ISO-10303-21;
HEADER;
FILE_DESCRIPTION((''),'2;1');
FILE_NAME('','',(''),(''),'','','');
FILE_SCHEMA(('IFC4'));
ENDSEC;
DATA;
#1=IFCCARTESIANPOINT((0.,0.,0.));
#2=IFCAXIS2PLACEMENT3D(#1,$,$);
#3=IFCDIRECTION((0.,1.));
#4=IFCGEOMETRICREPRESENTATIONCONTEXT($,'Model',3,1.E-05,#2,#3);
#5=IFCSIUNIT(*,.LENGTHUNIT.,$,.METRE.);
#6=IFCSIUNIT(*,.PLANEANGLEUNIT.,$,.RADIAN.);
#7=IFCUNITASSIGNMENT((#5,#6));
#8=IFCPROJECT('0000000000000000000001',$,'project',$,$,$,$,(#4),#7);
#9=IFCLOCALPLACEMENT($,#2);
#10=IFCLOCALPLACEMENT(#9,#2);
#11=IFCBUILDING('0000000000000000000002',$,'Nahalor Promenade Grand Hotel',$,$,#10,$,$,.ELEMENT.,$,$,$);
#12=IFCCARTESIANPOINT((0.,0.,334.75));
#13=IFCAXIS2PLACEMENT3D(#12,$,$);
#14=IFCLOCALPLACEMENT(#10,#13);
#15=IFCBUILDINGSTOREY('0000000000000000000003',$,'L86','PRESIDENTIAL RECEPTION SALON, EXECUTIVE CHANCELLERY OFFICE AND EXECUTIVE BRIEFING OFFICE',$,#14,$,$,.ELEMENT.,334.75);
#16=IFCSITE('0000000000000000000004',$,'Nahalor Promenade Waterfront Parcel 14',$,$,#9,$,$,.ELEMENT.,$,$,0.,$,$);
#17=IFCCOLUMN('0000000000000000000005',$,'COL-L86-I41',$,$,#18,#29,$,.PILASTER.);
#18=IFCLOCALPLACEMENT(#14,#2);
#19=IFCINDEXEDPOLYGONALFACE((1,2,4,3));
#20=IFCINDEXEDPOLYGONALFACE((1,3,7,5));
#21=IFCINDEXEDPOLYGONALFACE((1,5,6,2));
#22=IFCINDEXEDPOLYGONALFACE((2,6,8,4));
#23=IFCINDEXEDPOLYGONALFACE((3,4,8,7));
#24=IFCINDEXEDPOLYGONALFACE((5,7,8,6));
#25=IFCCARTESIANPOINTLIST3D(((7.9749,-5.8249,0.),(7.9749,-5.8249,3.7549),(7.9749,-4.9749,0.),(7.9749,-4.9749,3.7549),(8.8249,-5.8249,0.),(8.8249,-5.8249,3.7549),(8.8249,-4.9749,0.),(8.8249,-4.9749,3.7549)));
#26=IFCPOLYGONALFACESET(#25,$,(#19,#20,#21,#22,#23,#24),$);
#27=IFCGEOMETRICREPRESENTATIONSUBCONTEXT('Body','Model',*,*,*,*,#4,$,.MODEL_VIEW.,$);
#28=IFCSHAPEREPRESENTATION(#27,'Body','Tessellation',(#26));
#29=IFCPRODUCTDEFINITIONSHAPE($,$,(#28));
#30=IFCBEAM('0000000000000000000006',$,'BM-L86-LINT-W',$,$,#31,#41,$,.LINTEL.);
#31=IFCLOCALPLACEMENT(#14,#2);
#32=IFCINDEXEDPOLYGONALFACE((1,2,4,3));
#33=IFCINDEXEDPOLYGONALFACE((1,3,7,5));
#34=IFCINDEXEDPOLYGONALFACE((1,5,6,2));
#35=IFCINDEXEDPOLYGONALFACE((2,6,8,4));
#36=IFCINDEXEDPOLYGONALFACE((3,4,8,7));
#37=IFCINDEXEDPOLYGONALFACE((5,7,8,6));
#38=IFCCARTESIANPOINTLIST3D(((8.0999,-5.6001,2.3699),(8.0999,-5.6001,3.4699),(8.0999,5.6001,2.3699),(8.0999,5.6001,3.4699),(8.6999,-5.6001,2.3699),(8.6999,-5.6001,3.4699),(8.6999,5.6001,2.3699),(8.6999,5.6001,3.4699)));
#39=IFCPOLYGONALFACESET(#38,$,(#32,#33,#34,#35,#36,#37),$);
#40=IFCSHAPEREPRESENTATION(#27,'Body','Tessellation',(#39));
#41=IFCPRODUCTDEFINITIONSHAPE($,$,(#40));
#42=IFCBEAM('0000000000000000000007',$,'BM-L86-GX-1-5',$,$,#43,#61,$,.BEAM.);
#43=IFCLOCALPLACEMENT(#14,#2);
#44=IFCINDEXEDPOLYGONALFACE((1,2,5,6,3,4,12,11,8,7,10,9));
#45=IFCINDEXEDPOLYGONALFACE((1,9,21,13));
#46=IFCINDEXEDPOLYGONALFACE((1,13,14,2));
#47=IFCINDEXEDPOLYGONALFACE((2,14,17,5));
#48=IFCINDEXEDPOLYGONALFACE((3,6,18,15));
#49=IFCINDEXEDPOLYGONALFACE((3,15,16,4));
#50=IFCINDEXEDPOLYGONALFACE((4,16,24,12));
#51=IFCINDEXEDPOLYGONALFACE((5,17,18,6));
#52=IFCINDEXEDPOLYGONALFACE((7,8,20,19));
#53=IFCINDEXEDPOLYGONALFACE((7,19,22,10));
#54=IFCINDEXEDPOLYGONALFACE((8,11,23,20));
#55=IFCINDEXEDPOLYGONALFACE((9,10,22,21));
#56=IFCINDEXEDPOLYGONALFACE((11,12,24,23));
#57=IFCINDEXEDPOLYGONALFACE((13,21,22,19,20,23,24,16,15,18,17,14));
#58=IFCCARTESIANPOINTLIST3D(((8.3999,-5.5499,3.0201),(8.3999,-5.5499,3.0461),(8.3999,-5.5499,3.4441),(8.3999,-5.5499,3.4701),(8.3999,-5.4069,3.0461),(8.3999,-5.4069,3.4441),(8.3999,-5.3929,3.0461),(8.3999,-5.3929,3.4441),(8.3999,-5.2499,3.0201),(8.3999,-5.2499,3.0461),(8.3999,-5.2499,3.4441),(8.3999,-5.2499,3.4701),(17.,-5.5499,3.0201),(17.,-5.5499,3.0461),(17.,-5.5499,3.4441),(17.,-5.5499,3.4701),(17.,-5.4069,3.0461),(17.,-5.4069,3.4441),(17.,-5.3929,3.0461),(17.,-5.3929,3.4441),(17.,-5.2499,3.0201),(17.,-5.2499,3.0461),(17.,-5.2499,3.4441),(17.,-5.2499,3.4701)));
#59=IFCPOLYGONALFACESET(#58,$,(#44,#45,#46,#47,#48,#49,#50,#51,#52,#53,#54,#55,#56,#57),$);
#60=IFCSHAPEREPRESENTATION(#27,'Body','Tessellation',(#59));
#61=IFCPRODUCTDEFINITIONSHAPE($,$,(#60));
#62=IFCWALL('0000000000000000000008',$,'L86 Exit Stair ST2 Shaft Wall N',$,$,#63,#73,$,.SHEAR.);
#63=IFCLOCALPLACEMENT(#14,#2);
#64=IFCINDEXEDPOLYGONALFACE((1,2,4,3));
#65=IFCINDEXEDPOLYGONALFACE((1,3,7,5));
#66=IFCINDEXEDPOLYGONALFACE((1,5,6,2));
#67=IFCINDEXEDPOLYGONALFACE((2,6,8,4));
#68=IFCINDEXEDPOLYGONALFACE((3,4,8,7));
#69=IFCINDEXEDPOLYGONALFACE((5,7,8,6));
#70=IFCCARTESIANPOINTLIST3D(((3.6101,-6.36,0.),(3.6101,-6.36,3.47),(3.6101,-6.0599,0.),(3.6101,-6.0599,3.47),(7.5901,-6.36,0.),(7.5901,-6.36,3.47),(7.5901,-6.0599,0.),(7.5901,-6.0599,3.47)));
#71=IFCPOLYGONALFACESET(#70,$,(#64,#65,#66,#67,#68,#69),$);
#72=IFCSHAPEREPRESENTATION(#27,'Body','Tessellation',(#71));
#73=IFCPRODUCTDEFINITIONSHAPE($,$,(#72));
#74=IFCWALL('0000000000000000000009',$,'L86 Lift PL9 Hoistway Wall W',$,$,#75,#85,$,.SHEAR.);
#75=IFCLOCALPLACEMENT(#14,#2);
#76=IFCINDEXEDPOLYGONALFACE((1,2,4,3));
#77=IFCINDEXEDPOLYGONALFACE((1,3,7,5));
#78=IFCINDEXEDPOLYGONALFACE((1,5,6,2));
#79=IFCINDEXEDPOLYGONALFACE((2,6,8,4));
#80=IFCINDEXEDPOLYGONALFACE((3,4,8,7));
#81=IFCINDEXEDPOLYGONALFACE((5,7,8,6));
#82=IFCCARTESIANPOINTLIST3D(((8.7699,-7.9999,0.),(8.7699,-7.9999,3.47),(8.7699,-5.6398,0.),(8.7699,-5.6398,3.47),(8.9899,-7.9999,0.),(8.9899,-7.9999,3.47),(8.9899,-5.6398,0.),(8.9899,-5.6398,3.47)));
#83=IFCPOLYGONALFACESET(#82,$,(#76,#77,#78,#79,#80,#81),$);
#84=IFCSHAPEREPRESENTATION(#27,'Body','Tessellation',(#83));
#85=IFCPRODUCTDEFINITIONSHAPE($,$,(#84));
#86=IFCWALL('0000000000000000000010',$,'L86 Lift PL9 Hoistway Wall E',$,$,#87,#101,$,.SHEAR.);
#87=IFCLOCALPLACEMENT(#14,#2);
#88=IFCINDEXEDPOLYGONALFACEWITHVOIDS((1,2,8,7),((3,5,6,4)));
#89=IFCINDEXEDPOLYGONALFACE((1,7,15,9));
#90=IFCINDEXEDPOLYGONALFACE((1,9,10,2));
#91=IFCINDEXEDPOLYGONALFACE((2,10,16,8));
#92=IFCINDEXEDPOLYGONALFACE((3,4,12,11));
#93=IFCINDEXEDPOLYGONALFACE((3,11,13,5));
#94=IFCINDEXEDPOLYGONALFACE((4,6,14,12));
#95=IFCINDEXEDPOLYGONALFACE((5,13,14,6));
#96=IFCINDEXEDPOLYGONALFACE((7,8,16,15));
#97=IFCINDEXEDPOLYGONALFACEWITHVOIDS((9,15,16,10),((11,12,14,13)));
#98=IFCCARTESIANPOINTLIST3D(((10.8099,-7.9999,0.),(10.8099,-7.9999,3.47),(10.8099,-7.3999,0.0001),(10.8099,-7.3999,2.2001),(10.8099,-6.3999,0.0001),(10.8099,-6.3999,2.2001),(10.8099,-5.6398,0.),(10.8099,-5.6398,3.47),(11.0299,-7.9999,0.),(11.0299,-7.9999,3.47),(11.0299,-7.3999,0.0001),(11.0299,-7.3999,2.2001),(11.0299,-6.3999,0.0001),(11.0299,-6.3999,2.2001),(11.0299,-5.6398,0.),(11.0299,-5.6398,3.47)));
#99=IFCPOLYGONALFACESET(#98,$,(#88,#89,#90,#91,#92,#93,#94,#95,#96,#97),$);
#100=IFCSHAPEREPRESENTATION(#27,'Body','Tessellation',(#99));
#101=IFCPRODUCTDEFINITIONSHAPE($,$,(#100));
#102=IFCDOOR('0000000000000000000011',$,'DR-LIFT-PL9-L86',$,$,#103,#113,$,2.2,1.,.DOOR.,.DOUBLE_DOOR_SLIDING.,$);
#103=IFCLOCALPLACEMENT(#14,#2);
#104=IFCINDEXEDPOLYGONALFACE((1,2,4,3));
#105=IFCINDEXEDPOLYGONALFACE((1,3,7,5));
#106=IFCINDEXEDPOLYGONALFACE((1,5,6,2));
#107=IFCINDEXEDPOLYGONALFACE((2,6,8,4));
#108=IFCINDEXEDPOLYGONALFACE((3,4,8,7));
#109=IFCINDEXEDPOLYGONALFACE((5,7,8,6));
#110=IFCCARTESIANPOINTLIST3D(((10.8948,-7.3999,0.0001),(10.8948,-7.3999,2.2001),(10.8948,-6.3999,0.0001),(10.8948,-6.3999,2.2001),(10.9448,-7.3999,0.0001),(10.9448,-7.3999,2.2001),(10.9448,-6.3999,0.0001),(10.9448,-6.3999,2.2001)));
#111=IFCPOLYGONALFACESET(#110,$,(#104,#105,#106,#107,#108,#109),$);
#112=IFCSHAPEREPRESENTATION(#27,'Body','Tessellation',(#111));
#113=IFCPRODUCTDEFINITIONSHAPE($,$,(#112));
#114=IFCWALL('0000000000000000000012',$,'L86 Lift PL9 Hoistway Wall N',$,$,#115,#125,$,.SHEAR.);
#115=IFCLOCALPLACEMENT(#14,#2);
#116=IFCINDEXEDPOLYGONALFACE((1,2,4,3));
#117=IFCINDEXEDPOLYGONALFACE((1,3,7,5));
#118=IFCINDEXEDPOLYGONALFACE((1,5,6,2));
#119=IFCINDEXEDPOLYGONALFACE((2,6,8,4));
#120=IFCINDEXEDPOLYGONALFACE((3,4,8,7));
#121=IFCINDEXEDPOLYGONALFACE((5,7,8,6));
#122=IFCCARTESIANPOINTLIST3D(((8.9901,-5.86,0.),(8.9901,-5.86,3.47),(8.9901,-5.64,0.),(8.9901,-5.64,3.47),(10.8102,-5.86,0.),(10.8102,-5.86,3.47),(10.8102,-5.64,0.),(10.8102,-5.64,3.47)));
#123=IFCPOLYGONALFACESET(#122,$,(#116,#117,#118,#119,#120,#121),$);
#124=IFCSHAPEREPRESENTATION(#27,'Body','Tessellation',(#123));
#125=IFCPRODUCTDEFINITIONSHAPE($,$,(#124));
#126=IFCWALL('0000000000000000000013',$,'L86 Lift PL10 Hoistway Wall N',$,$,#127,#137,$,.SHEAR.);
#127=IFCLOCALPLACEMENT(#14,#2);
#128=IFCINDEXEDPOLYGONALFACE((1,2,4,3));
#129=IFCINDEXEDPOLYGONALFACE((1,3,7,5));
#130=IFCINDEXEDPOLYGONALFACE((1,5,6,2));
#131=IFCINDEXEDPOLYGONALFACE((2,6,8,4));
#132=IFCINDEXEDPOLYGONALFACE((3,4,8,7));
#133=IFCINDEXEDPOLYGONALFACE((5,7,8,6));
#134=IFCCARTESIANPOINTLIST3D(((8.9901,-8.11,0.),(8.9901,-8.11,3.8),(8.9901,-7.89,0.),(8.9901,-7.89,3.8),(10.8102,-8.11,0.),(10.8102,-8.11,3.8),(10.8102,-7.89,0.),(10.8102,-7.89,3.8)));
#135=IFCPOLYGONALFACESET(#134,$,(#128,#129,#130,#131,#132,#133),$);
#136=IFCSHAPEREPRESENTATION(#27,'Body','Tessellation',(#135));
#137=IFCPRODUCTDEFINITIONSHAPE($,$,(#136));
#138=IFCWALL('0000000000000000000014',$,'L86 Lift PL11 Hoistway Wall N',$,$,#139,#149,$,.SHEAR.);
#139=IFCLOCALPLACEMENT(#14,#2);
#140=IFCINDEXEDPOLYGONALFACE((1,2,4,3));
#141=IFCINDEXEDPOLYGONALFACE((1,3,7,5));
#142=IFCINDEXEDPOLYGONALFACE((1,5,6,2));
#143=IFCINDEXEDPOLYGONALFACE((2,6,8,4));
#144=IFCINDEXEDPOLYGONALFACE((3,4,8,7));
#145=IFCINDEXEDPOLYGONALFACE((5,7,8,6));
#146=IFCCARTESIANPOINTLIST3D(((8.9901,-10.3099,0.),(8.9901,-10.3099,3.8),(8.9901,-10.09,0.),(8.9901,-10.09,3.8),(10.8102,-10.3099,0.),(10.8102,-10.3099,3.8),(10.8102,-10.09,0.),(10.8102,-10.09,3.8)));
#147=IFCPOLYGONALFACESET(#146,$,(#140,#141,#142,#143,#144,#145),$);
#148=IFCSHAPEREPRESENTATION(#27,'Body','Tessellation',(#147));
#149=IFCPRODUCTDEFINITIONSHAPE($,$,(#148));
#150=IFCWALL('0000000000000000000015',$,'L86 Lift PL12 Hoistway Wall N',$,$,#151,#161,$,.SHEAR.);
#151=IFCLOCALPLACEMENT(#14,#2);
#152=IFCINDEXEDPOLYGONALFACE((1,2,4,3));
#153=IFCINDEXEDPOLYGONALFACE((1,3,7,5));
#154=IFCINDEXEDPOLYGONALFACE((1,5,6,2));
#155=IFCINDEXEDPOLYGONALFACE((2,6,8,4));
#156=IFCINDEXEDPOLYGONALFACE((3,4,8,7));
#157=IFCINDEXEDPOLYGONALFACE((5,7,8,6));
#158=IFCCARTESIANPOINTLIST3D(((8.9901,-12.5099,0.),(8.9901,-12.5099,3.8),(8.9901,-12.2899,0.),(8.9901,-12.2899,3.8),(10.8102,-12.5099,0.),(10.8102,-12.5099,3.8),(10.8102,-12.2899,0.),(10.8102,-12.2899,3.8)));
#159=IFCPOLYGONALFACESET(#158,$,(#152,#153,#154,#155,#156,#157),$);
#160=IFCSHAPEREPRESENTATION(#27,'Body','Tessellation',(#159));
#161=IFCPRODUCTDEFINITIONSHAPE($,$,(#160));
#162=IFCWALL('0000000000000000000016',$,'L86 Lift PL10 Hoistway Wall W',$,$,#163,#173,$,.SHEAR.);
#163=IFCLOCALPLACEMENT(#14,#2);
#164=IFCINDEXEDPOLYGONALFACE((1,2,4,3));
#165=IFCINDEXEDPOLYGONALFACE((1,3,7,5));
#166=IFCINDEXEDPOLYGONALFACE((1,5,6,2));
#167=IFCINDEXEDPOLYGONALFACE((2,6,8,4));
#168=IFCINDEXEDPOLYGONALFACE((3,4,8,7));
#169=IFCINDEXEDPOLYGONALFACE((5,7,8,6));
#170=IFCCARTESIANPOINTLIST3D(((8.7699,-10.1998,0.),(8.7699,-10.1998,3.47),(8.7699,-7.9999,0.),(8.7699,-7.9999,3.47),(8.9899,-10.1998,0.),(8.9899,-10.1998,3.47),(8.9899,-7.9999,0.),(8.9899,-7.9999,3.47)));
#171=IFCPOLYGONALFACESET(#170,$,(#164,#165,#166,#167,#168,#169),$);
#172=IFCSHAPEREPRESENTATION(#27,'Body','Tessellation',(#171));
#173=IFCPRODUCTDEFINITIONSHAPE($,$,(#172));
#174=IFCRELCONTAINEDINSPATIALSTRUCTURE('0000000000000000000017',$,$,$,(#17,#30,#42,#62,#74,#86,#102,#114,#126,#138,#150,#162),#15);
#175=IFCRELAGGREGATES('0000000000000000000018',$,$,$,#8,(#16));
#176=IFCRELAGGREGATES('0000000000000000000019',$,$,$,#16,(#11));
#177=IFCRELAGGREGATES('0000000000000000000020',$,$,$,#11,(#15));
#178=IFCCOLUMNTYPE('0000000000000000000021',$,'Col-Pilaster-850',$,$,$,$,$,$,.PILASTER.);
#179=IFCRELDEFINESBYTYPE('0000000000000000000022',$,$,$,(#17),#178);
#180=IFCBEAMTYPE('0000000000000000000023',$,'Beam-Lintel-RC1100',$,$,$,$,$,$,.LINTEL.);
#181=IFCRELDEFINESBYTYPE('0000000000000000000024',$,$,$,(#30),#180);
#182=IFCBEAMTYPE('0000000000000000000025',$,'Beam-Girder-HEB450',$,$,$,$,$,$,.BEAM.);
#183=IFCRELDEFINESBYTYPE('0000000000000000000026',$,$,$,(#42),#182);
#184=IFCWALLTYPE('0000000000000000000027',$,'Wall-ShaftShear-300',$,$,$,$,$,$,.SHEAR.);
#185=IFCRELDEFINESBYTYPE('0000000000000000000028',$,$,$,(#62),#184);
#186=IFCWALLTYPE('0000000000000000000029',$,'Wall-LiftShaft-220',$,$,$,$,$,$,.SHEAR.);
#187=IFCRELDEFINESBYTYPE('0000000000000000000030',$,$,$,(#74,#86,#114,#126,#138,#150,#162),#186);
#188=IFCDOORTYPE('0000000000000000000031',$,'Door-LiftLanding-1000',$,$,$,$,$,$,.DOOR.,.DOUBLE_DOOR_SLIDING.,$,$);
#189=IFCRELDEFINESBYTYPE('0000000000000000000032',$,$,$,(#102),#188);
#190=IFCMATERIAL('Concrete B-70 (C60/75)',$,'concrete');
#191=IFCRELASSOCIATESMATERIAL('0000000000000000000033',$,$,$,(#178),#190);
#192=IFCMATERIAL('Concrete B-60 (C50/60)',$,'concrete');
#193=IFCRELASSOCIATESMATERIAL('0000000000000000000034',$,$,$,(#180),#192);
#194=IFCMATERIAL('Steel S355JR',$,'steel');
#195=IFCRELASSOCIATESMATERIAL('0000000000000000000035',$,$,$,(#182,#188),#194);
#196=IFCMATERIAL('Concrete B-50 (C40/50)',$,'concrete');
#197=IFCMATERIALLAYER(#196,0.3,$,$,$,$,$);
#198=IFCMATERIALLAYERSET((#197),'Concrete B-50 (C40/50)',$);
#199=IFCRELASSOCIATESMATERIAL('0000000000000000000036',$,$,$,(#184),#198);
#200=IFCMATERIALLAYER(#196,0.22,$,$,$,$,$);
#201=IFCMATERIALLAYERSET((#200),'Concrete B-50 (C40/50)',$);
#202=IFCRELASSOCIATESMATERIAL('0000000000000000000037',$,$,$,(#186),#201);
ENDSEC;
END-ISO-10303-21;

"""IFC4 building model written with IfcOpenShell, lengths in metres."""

from ifc_helpers import new_model, si_unit, direction, frame, frame_2d, origin, origin_2d, place, context, subcontext, project, spatial, rectangle, i_section, extrude, source, transform, mapped, material, layer, layer_set, material_profile, profile_set, type_object, element, fill, save


model = new_model("IFC4")

# Units and contexts
model_context = context("Model", 3, precision=1e-05, world=origin(), true_north=direction((0.0, 1.0)))
body_context = subcontext(model_context, "Body", "Model", "MODEL_VIEW")
ifc_project = project(units=[si_unit("LENGTHUNIT", "METRE"), si_unit("PLANEANGLEUNIT", "RADIAN")], contexts=[model_context])

# Site, building, storey
site_placement = place(None, origin())
site = spatial("IfcSite", under=ifc_project, at=site_placement, Name="Nahalor Promenade Waterfront Parcel 14", CompositionType="ELEMENT", RefElevation=0.0)
building_placement = place(site_placement, origin())
building = spatial("IfcBuilding", under=site, at=building_placement, Name="Nahalor Promenade Grand Hotel", CompositionType="ELEMENT")
storey_placement = place(building_placement, frame((0.0, 0.0, 334.75)))
storey = spatial("IfcBuildingStorey", under=building, at=storey_placement, Name="L86", Description="PRESIDENTIAL RECEPTION SALON, EXECUTIVE CHANCELLERY OFFICE AND EXECUTIVE BRIEFING OFFICE", CompositionType="ELEMENT", Elevation=334.75)

# Column
ifc_material_1 = material(Name="Concrete B-70 (C60/75)", Category="concrete")
ifc_material_profile_1 = material_profile(ifc_material_1, rectangle(XDim=0.85, YDim=0.85, at=origin_2d()), Name="RC 850x850")
ifc_profile_set_1 = profile_set([ifc_material_profile_1], Name="Concrete B-70 (C60/75)")
column_type = type_object("IfcColumnType", Name="Col-Pilaster-850", PredefinedType="PILASTER", material=ifc_profile_set_1)
shared_shape_1 = source(origin(), body_context, "Body", "SweptSolid", [
    extrude(rectangle(XDim=0.85, YDim=0.85, at=origin_2d()), origin(), (0.0, 0.0, 1.0), 3.7549),
])
column_placement = place(storey_placement, frame((8.3999, -5.3999, 0.0), z_axis=(0.0, 0.0, 1.0), x_axis=(1.0, 0.0, 0.0)))
element("IfcColumn", 1, at=column_placement, inside=storey, type_object=column_type, Name="COL-L86-I41", PredefinedType="PILASTER", context=body_context, shape_type="MappedRepresentation", body=[
    mapped(shared_shape_1, transform((0.0, 0.0, 0.0), scale=1.0)),
])

# Beams
ifc_material_2 = material(Name="Concrete B-60 (C50/60)", Category="concrete")
ifc_material_profile_2 = material_profile(ifc_material_2, rectangle(XDim=0.6, YDim=1.1, at=origin_2d()), Name="RC 600x1100")
ifc_profile_set_2 = profile_set([ifc_material_profile_2], Name="Concrete B-60 (C50/60)")
beam_type_1 = type_object("IfcBeamType", Name="Beam-Lintel-RC1100", PredefinedType="LINTEL", material=ifc_profile_set_2)
shared_shape_2 = source(origin(), body_context, "Body", "SweptSolid", [
    extrude(rectangle(XDim=0.6, YDim=1.1, at=origin_2d()), origin(), (0.0, 0.0, 1.0), 11.2002),
])
beam_1_placement = place(storey_placement, frame((8.3999, -5.6001, 2.9199), z_axis=(0.0, 1.0, 0.0), x_axis=(-1.0, 0.0, 0.0)))
element("IfcBeam", 2, at=beam_1_placement, inside=storey, type_object=beam_type_1, Name="BM-L86-LINT-W", PredefinedType="LINTEL", context=body_context, shape_type="MappedRepresentation", body=[
    mapped(shared_shape_2, transform((0.0, 0.0, 0.0), scale=1.0)),
])
ifc_material_3 = material(Name="Steel S355JR", Category="steel")
ifc_material_profile_3 = material_profile(ifc_material_3, i_section(OverallWidth=0.3, OverallDepth=0.45, WebThickness=0.014, FlangeThickness=0.026, at=origin_2d()), Name="HEB 450")
ifc_profile_set_3 = profile_set([ifc_material_profile_3], Name="Steel S355JR")
beam_type_2 = type_object("IfcBeamType", Name="Beam-Girder-HEB450", PredefinedType="BEAM", material=ifc_profile_set_3)
shared_shape_3 = source(origin(), body_context, "Body", "SweptSolid", [
    extrude(i_section(OverallWidth=0.3, OverallDepth=0.45, WebThickness=0.014, FlangeThickness=0.026, at=origin_2d()), origin(), (0.0, 0.0, 1.0), 8.6001),
])
beam_2_placement = place(storey_placement, frame((8.3999, -5.3999, 3.2451), z_axis=(1.0, 0.0, 0.0), x_axis=(0.0, 1.0, 0.0)))
element("IfcBeam", 3, at=beam_2_placement, inside=storey, type_object=beam_type_2, Name="BM-L86-GX-1-5", PredefinedType="BEAM", context=body_context, shape_type="MappedRepresentation", body=[
    mapped(shared_shape_3, transform((0.0, 0.0, 0.0), scale=1.0)),
])

# Walls
ifc_material_4 = material(Name="Concrete B-50 (C40/50)", Category="concrete")
ifc_layer_1 = layer(ifc_material_4, 0.3)
ifc_layer_set_1 = layer_set([ifc_layer_1], Name="Concrete B-50 (C40/50)")
wall_type_1 = type_object("IfcWallType", Name="Wall-ShaftShear-300", PredefinedType="SHEAR", material=ifc_layer_set_1)
shared_shape_4 = source(origin(), body_context, "Body", "SweptSolid", [
    extrude(rectangle(XDim=3.98, YDim=0.3, at=frame_2d((1.99, 0.0))), origin(), (0.0, 0.0, 1.0), 3.47),
])
wall_1_placement = place(storey_placement, frame((3.6101, -6.21, 0.0), z_axis=(0.0, 0.0, 1.0), x_axis=(1.0, 0.0, 0.0)))
element("IfcWall", 4, at=wall_1_placement, inside=storey, type_object=wall_type_1, Name="L86 Exit Stair ST2 Shaft Wall N", PredefinedType="SHEAR", context=body_context, shape_type="MappedRepresentation", body=[
    mapped(shared_shape_4, transform((0.0, 0.0, 0.0), scale=1.0)),
])
ifc_layer_2 = layer(ifc_material_4, 0.22)
ifc_layer_set_2 = layer_set([ifc_layer_2], Name="Concrete B-50 (C40/50)")
wall_type_2 = type_object("IfcWallType", Name="Wall-LiftShaft-220", PredefinedType="SHEAR", material=ifc_layer_set_2)
shared_shape_5 = source(origin(), body_context, "Body", "SweptSolid", [
    extrude(rectangle(XDim=2.3601, YDim=0.22, at=frame_2d((1.1802, 0.0))), origin(), (0.0, 0.0, 1.0), 3.47),
])
wall_2_placement = place(storey_placement, frame((8.8799, -8.0, 0.0), z_axis=(0.0, 0.0, 1.0), x_axis=(0.0, 1.0, 0.0)))
element("IfcWall", 5, at=wall_2_placement, inside=storey, type_object=wall_type_2, Name="L86 Lift PL9 Hoistway Wall W", PredefinedType="SHEAR", context=body_context, shape_type="MappedRepresentation", body=[
    mapped(shared_shape_5, transform((0.0, 0.0, 0.0), scale=1.0)),
])

# Wall, opening, door
wall_3_placement = place(storey_placement, frame((10.9199, -8.0, 0.0), z_axis=(0.0, 0.0, 1.0), x_axis=(0.0, 1.0, 0.0)))
wall_3 = element("IfcWall", 6, at=wall_3_placement, inside=storey, type_object=wall_type_2, Name="L86 Lift PL9 Hoistway Wall E", PredefinedType="SHEAR", context=body_context, shape_type="MappedRepresentation", body=[
    mapped(shared_shape_5, transform((0.0, 0.0, 0.0), scale=1.0)),
])
opening_1_placement = place(wall_3_placement, frame((0.6001, 0.0, 0.0)))
opening_1 = element("IfcOpeningElement", 7, at=opening_1_placement, cuts=wall_3, PredefinedType="OPENING", context=body_context, shape_type="SweptSolid", body=[
    extrude(rectangle(XDim=1.0, YDim=2.2, at=frame_2d((0.5, 1.1001))), frame((0.0, 0.1199, 0.0), z_axis=(0.0, -1.0, 0.0), x_axis=(1.0, 0.0, 0.0)), (0.0, 0.0, 1.0), 0.24),
])
door_type = type_object("IfcDoorType", Name="Door-LiftLanding-1000", OperationType="DOUBLE_DOOR_SLIDING", PredefinedType="DOOR", material=ifc_material_3)
shared_shape_6 = source(origin(), body_context, "Body", "SweptSolid", [
    extrude(rectangle(XDim=1.0, YDim=2.2, at=frame_2d((0.5, 1.1001))), frame((0.0, 0.0249, 0.0), z_axis=(0.0, -1.0, 0.0), x_axis=(1.0, 0.0, 0.0)), (0.0, 0.0, 1.0), 0.05),
])
door_1_placement = place(opening_1_placement, frame((1.0, 0.0, 0.0), z_axis=(0.0, 0.0, 1.0), x_axis=(-1.0, 0.0, 0.0)))
door_1 = element("IfcDoor", 8, at=door_1_placement, inside=storey, type_object=door_type, Name="DR-LIFT-PL9-L86", OperationType="DOUBLE_DOOR_SLIDING", OverallHeight=2.2, OverallWidth=1.0, PredefinedType="DOOR", context=body_context, shape_type="MappedRepresentation", body=[
    mapped(shared_shape_6, transform((0.0, 0.0, 0.0), scale=1.0)),
])
fill(opening_1, door_1)

# Walls
shared_shape_7 = source(origin(), body_context, "Body", "SweptSolid", [
    extrude(rectangle(XDim=1.8201, YDim=0.22, at=frame_2d((0.9102, 0.0))), origin(), (0.0, 0.0, 1.0), 3.47),
])
wall_4_placement = place(storey_placement, frame((8.99, -5.75, 0.0), z_axis=(0.0, 0.0, 1.0), x_axis=(1.0, 0.0, 0.0)))
element("IfcWall", 9, at=wall_4_placement, inside=storey, type_object=wall_type_2, Name="L86 Lift PL9 Hoistway Wall N", PredefinedType="SHEAR", context=body_context, shape_type="MappedRepresentation", body=[
    mapped(shared_shape_7, transform((0.0, 0.0, 0.0), scale=1.0)),
])
shared_shape_8 = source(origin(), body_context, "Body", "SweptSolid", [
    extrude(rectangle(XDim=1.8201, YDim=0.22, at=frame_2d((0.9102, 0.0))), origin(), (0.0, 0.0, 1.0), 3.8),
])
for number, where, z_axis, x_axis, name in (
    (10, (8.99, -8.0, 0.0), (0.0, 0.0, 1.0), (1.0, 0.0, 0.0), "L86 Lift PL10 Hoistway Wall N"),
    (11, (8.99, -10.2, 0.0), (0.0, 0.0, 1.0), (1.0, 0.0, 0.0), "L86 Lift PL11 Hoistway Wall N"),
    (12, (8.99, -12.3999, 0.0), (0.0, 0.0, 1.0), (1.0, 0.0, 0.0), "L86 Lift PL12 Hoistway Wall N"),
):
    element("IfcWall", number, at=place(storey_placement, frame(where, z_axis=z_axis, x_axis=x_axis)), inside=storey, type_object=wall_type_2, Name=name, PredefinedType="SHEAR", context=body_context, shape_type="MappedRepresentation", body=[
        mapped(shared_shape_8, transform((0.0, 0.0, 0.0), scale=1.0)),
    ])
shared_shape_9 = source(origin(), body_context, "Body", "SweptSolid", [
    extrude(rectangle(XDim=2.2, YDim=0.22, at=frame_2d((1.1001, 0.0))), origin(), (0.0, 0.0, 1.0), 3.47),
])
wall_5_placement = place(storey_placement, frame((8.8799, -10.2, 0.0), z_axis=(0.0, 0.0, 1.0), x_axis=(0.0, 1.0, 0.0)))
element("IfcWall", 13, at=wall_5_placement, inside=storey, type_object=wall_type_2, Name="L86 Lift PL10 Hoistway Wall W", PredefinedType="SHEAR", context=body_context, shape_type="MappedRepresentation", body=[
    mapped(shared_shape_9, transform((0.0, 0.0, 0.0), scale=1.0)),
])

save(model, "model.ifc")
